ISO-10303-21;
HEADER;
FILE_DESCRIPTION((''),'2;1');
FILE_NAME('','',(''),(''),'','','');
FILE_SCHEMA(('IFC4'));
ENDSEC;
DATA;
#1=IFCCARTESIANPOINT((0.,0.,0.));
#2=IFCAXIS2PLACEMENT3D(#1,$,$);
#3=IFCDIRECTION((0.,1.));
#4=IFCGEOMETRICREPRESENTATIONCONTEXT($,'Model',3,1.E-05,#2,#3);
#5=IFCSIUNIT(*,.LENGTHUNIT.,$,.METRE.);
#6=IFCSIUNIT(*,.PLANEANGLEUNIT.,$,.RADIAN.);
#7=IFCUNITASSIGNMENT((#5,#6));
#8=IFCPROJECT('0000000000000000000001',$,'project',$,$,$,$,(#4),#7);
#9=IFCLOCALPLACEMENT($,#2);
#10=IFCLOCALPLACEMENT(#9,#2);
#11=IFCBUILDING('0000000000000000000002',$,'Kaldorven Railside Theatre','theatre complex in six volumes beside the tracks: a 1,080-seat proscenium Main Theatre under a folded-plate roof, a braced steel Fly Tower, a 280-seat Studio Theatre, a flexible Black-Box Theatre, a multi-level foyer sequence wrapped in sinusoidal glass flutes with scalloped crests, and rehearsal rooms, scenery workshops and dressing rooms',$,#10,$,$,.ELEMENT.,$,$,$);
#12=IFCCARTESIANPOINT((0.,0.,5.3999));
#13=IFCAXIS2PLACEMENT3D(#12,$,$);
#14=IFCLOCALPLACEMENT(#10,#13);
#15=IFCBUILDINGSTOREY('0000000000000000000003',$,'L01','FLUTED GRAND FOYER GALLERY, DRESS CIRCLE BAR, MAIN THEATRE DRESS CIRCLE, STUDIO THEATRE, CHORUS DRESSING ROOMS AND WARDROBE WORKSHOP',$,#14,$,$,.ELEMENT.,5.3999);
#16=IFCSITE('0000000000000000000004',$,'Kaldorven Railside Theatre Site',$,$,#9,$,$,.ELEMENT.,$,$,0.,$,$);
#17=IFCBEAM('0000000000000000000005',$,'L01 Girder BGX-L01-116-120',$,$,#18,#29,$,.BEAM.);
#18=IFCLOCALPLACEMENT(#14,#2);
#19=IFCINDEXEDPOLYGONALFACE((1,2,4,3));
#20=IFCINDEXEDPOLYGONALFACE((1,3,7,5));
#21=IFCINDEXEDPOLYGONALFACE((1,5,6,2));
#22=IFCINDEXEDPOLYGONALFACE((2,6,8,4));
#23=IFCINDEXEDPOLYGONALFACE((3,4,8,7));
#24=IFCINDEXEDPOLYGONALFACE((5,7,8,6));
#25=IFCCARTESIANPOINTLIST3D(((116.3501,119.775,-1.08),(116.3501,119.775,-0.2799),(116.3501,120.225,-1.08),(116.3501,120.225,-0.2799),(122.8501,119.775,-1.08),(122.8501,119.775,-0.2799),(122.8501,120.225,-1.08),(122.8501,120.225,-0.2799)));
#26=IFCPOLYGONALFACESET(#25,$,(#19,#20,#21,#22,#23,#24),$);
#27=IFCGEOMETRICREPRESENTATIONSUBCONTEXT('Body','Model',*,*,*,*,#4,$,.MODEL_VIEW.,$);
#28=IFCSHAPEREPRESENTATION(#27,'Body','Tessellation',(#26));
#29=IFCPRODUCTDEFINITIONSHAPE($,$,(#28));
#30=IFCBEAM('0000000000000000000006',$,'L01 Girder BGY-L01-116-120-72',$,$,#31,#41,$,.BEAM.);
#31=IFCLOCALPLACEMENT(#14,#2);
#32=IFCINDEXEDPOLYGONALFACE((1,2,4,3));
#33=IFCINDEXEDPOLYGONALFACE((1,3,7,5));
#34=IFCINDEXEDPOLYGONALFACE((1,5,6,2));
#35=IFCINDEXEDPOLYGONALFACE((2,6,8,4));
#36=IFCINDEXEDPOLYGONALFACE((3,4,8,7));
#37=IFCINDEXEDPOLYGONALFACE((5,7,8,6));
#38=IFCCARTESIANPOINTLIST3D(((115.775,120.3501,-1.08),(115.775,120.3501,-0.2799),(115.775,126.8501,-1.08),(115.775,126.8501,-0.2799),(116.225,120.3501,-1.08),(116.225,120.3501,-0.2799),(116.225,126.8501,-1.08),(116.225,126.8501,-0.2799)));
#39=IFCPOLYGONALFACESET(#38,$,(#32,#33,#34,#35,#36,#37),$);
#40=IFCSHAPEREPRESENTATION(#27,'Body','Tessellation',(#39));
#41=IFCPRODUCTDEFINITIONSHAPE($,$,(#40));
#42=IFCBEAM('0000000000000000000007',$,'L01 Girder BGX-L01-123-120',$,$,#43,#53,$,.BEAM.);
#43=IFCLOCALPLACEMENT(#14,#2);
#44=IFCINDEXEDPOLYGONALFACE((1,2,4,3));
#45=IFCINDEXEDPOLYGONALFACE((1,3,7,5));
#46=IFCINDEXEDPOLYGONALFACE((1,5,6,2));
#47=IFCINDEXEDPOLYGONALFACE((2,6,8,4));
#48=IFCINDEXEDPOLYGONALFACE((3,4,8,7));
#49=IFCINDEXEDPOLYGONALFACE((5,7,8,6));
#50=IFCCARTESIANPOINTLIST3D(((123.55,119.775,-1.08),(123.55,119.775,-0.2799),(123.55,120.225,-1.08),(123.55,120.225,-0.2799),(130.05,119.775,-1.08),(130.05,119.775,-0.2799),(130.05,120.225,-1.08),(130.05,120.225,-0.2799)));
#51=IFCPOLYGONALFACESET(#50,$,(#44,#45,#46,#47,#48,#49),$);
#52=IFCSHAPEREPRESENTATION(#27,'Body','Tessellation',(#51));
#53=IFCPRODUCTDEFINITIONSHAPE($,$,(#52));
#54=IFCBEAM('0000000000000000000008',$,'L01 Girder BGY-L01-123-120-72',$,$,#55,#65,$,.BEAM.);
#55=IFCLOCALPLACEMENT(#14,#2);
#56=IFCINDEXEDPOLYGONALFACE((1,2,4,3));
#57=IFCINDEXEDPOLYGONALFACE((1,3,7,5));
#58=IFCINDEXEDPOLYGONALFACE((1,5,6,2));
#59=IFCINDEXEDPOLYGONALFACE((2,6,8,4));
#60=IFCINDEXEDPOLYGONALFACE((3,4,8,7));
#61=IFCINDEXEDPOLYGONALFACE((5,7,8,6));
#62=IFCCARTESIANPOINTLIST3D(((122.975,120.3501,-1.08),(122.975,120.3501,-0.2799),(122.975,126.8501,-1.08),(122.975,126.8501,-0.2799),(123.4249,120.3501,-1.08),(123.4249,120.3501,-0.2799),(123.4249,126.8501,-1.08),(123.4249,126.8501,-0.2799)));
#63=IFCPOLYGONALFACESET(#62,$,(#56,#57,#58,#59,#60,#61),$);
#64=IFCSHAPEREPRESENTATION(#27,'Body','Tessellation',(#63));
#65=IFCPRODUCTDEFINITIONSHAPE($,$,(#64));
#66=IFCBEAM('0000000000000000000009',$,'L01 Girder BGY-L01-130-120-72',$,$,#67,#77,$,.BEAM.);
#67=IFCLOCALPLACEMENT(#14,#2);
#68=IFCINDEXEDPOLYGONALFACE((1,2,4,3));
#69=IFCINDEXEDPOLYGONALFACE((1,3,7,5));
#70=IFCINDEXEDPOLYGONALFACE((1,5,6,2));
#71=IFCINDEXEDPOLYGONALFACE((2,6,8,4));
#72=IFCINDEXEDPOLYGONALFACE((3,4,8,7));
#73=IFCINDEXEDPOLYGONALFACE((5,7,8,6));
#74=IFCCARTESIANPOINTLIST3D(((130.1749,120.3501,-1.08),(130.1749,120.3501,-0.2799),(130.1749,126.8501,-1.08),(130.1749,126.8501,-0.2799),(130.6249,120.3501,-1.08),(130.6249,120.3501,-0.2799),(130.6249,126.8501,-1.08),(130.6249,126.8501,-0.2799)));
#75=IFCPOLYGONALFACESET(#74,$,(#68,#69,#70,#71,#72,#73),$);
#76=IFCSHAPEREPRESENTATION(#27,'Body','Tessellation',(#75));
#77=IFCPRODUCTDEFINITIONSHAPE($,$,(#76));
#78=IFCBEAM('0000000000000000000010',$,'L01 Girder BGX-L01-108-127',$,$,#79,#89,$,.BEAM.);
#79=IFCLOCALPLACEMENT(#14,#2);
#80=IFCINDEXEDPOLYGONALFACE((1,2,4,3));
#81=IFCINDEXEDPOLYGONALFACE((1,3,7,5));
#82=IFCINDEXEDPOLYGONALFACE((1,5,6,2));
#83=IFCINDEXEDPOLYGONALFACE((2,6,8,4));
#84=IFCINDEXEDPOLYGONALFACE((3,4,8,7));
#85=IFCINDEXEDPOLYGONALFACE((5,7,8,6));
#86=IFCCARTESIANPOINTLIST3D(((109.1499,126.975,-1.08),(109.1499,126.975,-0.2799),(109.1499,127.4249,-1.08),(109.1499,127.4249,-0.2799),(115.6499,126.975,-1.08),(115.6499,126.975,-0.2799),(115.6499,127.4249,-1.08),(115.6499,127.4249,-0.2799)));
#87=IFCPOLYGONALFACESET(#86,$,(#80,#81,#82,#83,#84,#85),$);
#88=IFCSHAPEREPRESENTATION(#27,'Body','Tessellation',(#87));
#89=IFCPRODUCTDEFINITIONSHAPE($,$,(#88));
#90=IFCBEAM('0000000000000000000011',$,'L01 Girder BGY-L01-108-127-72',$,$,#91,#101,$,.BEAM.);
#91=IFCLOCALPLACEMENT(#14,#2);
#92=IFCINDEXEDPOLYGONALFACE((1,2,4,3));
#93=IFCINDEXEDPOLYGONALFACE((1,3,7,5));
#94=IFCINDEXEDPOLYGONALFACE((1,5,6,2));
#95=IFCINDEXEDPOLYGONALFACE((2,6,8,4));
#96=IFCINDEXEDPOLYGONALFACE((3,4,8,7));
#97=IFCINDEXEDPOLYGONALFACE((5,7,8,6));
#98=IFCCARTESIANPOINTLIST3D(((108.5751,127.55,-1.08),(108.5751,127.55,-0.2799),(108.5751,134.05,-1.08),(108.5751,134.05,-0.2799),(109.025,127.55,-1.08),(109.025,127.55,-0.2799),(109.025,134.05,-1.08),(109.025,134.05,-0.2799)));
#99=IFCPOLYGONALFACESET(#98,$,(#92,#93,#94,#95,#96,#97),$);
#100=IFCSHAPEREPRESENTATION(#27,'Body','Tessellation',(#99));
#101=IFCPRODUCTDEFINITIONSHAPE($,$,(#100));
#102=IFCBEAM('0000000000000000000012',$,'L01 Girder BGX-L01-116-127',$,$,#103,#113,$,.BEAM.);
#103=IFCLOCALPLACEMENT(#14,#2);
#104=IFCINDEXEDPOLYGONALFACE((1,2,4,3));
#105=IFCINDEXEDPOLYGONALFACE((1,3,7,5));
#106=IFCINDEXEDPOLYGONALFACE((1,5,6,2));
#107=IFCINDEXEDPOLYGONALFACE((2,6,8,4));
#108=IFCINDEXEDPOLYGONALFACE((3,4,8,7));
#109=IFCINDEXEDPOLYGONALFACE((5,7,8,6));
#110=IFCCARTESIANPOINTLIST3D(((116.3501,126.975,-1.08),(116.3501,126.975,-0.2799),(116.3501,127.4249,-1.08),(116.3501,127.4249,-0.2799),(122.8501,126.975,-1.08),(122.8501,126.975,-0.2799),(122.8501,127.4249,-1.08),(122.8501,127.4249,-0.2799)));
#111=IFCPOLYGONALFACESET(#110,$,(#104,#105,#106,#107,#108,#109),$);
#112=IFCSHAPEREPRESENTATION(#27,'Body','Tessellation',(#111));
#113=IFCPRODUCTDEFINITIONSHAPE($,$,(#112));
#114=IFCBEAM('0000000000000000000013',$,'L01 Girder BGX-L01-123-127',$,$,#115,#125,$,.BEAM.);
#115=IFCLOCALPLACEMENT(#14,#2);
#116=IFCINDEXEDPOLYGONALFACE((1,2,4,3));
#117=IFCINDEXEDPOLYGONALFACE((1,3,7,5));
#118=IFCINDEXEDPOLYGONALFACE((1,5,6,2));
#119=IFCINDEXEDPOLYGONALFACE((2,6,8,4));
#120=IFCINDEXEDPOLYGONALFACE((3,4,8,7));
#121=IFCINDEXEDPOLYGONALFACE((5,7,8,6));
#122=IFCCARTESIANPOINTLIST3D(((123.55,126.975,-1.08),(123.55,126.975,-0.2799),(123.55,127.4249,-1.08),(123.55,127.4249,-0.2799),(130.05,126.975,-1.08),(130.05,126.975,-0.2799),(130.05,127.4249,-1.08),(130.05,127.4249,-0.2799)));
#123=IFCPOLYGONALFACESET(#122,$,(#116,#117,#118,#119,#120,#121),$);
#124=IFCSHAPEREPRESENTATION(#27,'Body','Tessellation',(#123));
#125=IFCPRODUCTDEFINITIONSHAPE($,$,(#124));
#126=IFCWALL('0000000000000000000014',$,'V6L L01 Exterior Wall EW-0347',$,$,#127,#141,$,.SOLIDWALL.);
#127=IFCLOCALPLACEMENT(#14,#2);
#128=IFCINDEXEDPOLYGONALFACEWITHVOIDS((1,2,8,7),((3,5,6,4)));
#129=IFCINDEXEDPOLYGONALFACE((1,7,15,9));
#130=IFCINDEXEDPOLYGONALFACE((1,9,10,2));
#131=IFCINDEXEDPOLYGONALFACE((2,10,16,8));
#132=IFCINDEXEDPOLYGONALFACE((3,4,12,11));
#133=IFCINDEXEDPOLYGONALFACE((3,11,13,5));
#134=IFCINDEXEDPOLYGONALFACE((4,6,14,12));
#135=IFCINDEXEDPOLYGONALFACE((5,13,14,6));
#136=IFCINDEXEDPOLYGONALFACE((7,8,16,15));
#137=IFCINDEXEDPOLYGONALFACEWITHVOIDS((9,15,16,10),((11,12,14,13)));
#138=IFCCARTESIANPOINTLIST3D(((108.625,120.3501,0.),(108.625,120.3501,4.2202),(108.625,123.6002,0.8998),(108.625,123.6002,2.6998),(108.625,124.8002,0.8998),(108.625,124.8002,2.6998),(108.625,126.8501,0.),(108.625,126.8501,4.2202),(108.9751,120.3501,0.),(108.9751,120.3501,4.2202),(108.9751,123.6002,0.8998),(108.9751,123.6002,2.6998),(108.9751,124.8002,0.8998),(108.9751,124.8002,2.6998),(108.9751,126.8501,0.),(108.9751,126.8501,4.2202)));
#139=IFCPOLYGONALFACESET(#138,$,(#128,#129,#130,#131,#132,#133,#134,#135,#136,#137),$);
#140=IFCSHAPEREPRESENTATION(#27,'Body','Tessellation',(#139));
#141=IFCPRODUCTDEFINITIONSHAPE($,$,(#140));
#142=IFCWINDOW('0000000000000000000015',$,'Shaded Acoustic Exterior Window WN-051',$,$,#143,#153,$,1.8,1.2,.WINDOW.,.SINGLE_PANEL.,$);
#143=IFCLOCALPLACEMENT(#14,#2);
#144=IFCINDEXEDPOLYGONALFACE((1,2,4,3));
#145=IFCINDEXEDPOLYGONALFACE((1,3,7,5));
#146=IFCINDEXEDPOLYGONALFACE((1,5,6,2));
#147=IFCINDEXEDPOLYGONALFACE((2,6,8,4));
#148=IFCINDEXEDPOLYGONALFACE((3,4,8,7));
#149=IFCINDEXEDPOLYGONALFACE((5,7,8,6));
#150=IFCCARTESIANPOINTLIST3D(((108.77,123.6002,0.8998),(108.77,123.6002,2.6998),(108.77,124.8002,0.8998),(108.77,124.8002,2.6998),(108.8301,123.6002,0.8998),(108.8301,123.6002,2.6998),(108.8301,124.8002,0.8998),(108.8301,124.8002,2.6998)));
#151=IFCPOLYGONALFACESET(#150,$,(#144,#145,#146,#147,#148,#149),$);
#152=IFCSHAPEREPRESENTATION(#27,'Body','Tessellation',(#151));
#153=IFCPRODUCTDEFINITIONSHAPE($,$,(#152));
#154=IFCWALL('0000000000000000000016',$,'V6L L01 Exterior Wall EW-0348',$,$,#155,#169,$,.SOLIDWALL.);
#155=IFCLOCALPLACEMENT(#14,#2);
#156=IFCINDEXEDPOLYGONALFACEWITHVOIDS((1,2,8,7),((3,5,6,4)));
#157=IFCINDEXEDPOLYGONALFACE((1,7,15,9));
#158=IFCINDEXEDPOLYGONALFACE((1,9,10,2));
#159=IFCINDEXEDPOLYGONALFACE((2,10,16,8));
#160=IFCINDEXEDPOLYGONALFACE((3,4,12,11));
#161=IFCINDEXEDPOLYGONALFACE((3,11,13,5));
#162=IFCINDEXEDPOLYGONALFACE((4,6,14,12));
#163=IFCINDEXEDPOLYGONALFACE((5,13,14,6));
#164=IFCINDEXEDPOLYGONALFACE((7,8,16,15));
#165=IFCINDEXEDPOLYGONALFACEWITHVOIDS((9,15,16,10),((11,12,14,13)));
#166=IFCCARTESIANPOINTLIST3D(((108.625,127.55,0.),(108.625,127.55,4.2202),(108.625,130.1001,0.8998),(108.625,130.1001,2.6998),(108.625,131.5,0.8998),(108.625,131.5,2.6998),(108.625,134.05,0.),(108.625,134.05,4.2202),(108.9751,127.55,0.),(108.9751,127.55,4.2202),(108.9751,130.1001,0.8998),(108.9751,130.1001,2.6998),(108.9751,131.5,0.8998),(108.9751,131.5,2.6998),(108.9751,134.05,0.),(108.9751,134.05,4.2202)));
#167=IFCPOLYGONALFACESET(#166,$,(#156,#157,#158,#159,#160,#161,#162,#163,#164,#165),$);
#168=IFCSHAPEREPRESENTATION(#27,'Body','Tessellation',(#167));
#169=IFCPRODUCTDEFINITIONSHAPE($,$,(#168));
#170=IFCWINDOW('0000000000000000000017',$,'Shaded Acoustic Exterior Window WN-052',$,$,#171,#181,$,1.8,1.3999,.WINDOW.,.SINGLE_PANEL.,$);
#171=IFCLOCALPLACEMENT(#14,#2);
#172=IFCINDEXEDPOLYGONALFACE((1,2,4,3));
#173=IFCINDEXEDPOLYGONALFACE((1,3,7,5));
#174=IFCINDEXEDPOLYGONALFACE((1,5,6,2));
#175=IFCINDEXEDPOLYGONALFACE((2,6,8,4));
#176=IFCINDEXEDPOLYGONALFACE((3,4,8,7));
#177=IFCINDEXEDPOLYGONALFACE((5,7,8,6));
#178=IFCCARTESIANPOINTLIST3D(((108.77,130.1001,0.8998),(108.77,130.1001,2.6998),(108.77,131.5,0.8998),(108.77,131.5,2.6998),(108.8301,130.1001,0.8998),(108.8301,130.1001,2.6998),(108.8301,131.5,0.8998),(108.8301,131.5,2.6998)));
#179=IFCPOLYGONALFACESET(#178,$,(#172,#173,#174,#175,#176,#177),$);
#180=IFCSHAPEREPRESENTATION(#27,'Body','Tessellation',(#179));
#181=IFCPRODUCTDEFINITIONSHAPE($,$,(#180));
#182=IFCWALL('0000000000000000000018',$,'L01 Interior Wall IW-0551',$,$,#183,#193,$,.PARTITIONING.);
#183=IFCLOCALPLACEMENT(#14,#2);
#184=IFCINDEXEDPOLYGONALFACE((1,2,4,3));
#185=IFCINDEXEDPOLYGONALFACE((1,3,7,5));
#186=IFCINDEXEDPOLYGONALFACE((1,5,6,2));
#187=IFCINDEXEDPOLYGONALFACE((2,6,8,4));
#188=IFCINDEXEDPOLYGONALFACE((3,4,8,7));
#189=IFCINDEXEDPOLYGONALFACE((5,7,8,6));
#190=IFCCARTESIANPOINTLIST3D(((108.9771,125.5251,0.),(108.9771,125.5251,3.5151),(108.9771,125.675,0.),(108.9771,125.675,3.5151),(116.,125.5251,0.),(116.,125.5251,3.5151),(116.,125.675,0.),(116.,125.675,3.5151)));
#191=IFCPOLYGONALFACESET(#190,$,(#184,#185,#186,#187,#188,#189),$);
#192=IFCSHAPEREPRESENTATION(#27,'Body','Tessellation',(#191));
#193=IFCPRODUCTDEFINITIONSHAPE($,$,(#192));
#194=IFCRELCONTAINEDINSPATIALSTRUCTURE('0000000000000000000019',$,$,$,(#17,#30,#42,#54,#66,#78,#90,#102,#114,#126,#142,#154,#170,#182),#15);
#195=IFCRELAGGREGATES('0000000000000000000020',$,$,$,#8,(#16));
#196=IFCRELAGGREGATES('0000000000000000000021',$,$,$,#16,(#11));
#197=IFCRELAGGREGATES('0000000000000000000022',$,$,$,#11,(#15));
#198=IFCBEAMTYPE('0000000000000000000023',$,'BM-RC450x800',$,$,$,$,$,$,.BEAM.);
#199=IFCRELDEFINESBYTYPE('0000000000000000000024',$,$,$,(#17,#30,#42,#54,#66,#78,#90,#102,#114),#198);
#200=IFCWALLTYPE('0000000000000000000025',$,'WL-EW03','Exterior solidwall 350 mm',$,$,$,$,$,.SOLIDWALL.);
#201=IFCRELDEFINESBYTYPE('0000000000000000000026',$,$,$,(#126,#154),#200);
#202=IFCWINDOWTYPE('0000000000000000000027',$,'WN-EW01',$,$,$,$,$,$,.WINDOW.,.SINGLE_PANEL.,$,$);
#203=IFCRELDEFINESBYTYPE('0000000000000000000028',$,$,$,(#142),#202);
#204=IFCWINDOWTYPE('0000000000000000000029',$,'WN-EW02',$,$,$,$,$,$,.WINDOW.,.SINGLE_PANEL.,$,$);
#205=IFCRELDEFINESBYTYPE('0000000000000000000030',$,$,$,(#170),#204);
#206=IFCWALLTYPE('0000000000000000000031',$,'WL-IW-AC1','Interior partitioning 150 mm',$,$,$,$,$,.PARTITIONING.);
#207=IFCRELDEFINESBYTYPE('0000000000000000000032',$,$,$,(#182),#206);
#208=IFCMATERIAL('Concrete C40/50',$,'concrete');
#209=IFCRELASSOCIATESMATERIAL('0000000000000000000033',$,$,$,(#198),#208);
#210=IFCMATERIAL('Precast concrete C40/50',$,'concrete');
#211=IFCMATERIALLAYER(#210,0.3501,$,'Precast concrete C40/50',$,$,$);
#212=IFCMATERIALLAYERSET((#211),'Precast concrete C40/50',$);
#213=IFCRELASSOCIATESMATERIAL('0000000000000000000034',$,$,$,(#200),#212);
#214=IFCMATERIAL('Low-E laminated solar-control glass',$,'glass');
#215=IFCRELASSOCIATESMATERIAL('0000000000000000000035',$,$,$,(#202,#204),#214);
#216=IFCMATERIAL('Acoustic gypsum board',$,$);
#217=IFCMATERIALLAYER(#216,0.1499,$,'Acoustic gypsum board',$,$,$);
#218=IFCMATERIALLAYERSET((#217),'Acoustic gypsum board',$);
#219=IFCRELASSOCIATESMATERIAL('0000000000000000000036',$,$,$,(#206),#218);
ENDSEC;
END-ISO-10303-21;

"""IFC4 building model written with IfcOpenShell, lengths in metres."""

from ifc_helpers import new_model, si_unit, direction, frame, frame_2d, origin, origin_2d, place, context, subcontext, project, spatial, rectangle, extrude, material, layer, layer_set, material_profile, profile_set, type_object, element, fill, save


model = new_model("IFC4")

# Units and contexts
model_context = context("Model", 3, precision=1e-05, world=origin(), true_north=direction((0.0, 1.0)))
body_context = subcontext(model_context, "Body", "Model", "MODEL_VIEW")
ifc_project = project(units=[si_unit("LENGTHUNIT", "METRE"), si_unit("PLANEANGLEUNIT", "RADIAN")], contexts=[model_context])

# Site, building, storey
site_placement = place(None, origin())
site = spatial("IfcSite", under=ifc_project, at=site_placement, Name="Kaldorven Railside Theatre Site", CompositionType="ELEMENT", RefElevation=0.0)
building_placement = place(site_placement, origin())
building = spatial("IfcBuilding", under=site, at=building_placement, Name="Kaldorven Railside Theatre", Description="theatre complex in six volumes beside the tracks: a 1,080-seat proscenium Main Theatre under a folded-plate roof, a braced steel Fly Tower, a 280-seat Studio Theatre, a flexible Black-Box Theatre, a multi-level foyer sequence wrapped in sinusoidal glass flutes with scalloped crests, and rehearsal rooms, scenery workshops and dressing rooms", CompositionType="ELEMENT")
storey_placement = place(building_placement, frame((0.0, 0.0, 5.3999)))
storey = spatial("IfcBuildingStorey", under=building, at=storey_placement, Name="L01", Description="FLUTED GRAND FOYER GALLERY, DRESS CIRCLE BAR, MAIN THEATRE DRESS CIRCLE, STUDIO THEATRE, CHORUS DRESSING ROOMS AND WARDROBE WORKSHOP", CompositionType="ELEMENT", Elevation=5.3999)

# Shared definitions
ifc_material_1 = material(Name="Concrete C40/50", Category="concrete")

# Beams
ifc_material_profile_1 = material_profile(ifc_material_1, rectangle(XDim=0.45, YDim=0.8, at=origin_2d()), Name="RC 450x800")
ifc_profile_set_1 = profile_set([ifc_material_profile_1], Name="Concrete C40/50")
beam_type_1 = type_object("IfcBeamType", Name="BM-RC450x800", PredefinedType="BEAM", material=ifc_profile_set_1)
for number, where, z_axis, x_axis, name in (
    (1, (116.3501, 120.0, -0.6799), (1.0, 0.0, 0.0), (0.0, 1.0, 0.0), "L01 Girder BGX-L01-116-120"),
    (2, (116.0, 120.3501, -0.6799), (0.0, 1.0, 0.0), (-1.0, 0.0, 0.0), "L01 Girder BGY-L01-116-120-72"),
    (3, (123.55, 120.0, -0.6799), (1.0, 0.0, 0.0), (0.0, 1.0, 0.0), "L01 Girder BGX-L01-123-120"),
    (4, (123.2, 120.3501, -0.6799), (0.0, 1.0, 0.0), (-1.0, 0.0, 0.0), "L01 Girder BGY-L01-123-120-72"),
    (5, (130.3999, 120.3501, -0.6799), (0.0, 1.0, 0.0), (-1.0, 0.0, 0.0), "L01 Girder BGY-L01-130-120-72"),
    (6, (109.1499, 127.2, -0.6799), (1.0, 0.0, 0.0), (0.0, 1.0, 0.0), "L01 Girder BGX-L01-108-127"),
    (7, (108.8, 127.55, -0.6799), (0.0, 1.0, 0.0), (-1.0, 0.0, 0.0), "L01 Girder BGY-L01-108-127-72"),
    (8, (116.3501, 127.2, -0.6799), (1.0, 0.0, 0.0), (0.0, 1.0, 0.0), "L01 Girder BGX-L01-116-127"),
    (9, (123.55, 127.2, -0.6799), (1.0, 0.0, 0.0), (0.0, 1.0, 0.0), "L01 Girder BGX-L01-123-127"),
):
    element("IfcBeam", number, at=place(storey_placement, frame(where, z_axis=z_axis, x_axis=x_axis)), inside=storey, type_object=beam_type_1, Name=name, PredefinedType="BEAM", context=body_context, shape_type="SweptSolid", body=[
        extrude(rectangle(XDim=0.45, YDim=0.8, at=origin_2d()), origin(), (0.0, 0.0, 1.0), 6.5),
    ])

# Walls, openings, windows
ifc_material_2 = material(Name="Precast concrete C40/50", Category="concrete")
ifc_layer_1 = layer(ifc_material_2, 0.3501, Name="Precast concrete C40/50")
ifc_layer_set_1 = layer_set([ifc_layer_1], Name="Precast concrete C40/50")
wall_type_1 = type_object("IfcWallType", Name="WL-EW03", Description="Exterior solidwall 350 mm", PredefinedType="SOLIDWALL", material=ifc_layer_set_1)
wall_1_placement = place(storey_placement, frame((108.8, 120.3501, 0.0), z_axis=(0.0, 0.0, 1.0), x_axis=(0.0, 1.0, 0.0)))
wall_1 = element("IfcWall", 10, at=wall_1_placement, inside=storey, type_object=wall_type_1, Name="V6L L01 Exterior Wall EW-0347", PredefinedType="SOLIDWALL", context=body_context, shape_type="SweptSolid", body=[
    extrude(rectangle(XDim=6.5, YDim=0.3501, at=frame_2d((3.25, 0.0))), origin(), (0.0, 0.0, 1.0), 4.2202),
])
opening_1_placement = place(wall_1_placement, frame((3.25, 0.0, 0.8999)))
opening_1 = element("IfcOpeningElement", 11, at=opening_1_placement, cuts=wall_1, PredefinedType="OPENING", context=body_context, shape_type="SweptSolid", body=[
    extrude(rectangle(XDim=1.2, YDim=1.8, at=frame_2d((0.6001, 0.8999))), frame((0.0, 0.1851, 0.0), z_axis=(0.0, -1.0, 0.0), x_axis=(1.0, 0.0, 0.0)), (0.0, 0.0, 1.0), 0.3701),
])
ifc_material_3 = material(Name="Low-E laminated solar-control glass", Category="glass")
window_type_1 = type_object("IfcWindowType", Name="WN-EW01", PartitioningType="SINGLE_PANEL", PredefinedType="WINDOW", material=ifc_material_3)
window_1_placement = place(opening_1_placement, origin())
window_1 = element("IfcWindow", 12, at=window_1_placement, inside=storey, type_object=window_type_1, Name="Shaded Acoustic Exterior Window WN-051", OverallHeight=1.8, OverallWidth=1.2, PartitioningType="SINGLE_PANEL", PredefinedType="WINDOW", context=body_context, shape_type="SweptSolid", body=[
    extrude(rectangle(XDim=1.2, YDim=1.8, at=frame_2d((0.6001, 0.8999))), frame((0.0, 0.03, 0.0), z_axis=(0.0, -1.0, 0.0), x_axis=(1.0, 0.0, 0.0)), (0.0, 0.0, 1.0), 0.0601),
])
fill(opening_1, window_1)
wall_2_placement = place(storey_placement, frame((108.8, 127.55, 0.0), z_axis=(0.0, 0.0, 1.0), x_axis=(0.0, 1.0, 0.0)))
wall_2 = element("IfcWall", 13, at=wall_2_placement, inside=storey, type_object=wall_type_1, Name="V6L L01 Exterior Wall EW-0348", PredefinedType="SOLIDWALL", context=body_context, shape_type="SweptSolid", body=[
    extrude(rectangle(XDim=6.5, YDim=0.3501, at=frame_2d((3.25, 0.0))), origin(), (0.0, 0.0, 1.0), 4.2202),
])
opening_2_placement = place(wall_2_placement, frame((2.55, 0.0, 0.8999)))
opening_2 = element("IfcOpeningElement", 14, at=opening_2_placement, cuts=wall_2, PredefinedType="OPENING", context=body_context, shape_type="SweptSolid", body=[
    extrude(rectangle(XDim=1.3999, YDim=1.8, at=frame_2d((0.7, 0.8999))), frame((0.0, 0.1851, 0.0), z_axis=(0.0, -1.0, 0.0), x_axis=(1.0, 0.0, 0.0)), (0.0, 0.0, 1.0), 0.3701),
])
window_type_2 = type_object("IfcWindowType", Name="WN-EW02", PartitioningType="SINGLE_PANEL", PredefinedType="WINDOW", material=ifc_material_3)
window_2_placement = place(opening_2_placement, origin())
window_2 = element("IfcWindow", 15, at=window_2_placement, inside=storey, type_object=window_type_2, Name="Shaded Acoustic Exterior Window WN-052", OverallHeight=1.8, OverallWidth=1.3999, PartitioningType="SINGLE_PANEL", PredefinedType="WINDOW", context=body_context, shape_type="SweptSolid", body=[
    extrude(rectangle(XDim=1.3999, YDim=1.8, at=frame_2d((0.7, 0.8999))), frame((0.0, 0.03, 0.0), z_axis=(0.0, -1.0, 0.0), x_axis=(1.0, 0.0, 0.0)), (0.0, 0.0, 1.0), 0.0601),
])
fill(opening_2, window_2)

# Wall
ifc_material_4 = material(Name="Acoustic gypsum board")
ifc_layer_2 = layer(ifc_material_4, 0.1499, Name="Acoustic gypsum board")
ifc_layer_set_2 = layer_set([ifc_layer_2], Name="Acoustic gypsum board")
wall_type_2 = type_object("IfcWallType", Name="WL-IW-AC1", Description="Interior partitioning 150 mm", PredefinedType="PARTITIONING", material=ifc_layer_set_2)
wall_3_placement = place(storey_placement, frame((108.9771, 125.6001, 0.0), z_axis=(0.0, 0.0, 1.0), x_axis=(1.0, 0.0, 0.0)))
element("IfcWall", 16, at=wall_3_placement, inside=storey, type_object=wall_type_2, Name="L01 Interior Wall IW-0551", PredefinedType="PARTITIONING", context=body_context, shape_type="SweptSolid", body=[
    extrude(rectangle(XDim=7.0229, YDim=0.1499, at=frame_2d((3.5115, 0.0))), origin(), (0.0, 0.0, 1.0), 3.5151),
])

save(model, "model.ifc")
